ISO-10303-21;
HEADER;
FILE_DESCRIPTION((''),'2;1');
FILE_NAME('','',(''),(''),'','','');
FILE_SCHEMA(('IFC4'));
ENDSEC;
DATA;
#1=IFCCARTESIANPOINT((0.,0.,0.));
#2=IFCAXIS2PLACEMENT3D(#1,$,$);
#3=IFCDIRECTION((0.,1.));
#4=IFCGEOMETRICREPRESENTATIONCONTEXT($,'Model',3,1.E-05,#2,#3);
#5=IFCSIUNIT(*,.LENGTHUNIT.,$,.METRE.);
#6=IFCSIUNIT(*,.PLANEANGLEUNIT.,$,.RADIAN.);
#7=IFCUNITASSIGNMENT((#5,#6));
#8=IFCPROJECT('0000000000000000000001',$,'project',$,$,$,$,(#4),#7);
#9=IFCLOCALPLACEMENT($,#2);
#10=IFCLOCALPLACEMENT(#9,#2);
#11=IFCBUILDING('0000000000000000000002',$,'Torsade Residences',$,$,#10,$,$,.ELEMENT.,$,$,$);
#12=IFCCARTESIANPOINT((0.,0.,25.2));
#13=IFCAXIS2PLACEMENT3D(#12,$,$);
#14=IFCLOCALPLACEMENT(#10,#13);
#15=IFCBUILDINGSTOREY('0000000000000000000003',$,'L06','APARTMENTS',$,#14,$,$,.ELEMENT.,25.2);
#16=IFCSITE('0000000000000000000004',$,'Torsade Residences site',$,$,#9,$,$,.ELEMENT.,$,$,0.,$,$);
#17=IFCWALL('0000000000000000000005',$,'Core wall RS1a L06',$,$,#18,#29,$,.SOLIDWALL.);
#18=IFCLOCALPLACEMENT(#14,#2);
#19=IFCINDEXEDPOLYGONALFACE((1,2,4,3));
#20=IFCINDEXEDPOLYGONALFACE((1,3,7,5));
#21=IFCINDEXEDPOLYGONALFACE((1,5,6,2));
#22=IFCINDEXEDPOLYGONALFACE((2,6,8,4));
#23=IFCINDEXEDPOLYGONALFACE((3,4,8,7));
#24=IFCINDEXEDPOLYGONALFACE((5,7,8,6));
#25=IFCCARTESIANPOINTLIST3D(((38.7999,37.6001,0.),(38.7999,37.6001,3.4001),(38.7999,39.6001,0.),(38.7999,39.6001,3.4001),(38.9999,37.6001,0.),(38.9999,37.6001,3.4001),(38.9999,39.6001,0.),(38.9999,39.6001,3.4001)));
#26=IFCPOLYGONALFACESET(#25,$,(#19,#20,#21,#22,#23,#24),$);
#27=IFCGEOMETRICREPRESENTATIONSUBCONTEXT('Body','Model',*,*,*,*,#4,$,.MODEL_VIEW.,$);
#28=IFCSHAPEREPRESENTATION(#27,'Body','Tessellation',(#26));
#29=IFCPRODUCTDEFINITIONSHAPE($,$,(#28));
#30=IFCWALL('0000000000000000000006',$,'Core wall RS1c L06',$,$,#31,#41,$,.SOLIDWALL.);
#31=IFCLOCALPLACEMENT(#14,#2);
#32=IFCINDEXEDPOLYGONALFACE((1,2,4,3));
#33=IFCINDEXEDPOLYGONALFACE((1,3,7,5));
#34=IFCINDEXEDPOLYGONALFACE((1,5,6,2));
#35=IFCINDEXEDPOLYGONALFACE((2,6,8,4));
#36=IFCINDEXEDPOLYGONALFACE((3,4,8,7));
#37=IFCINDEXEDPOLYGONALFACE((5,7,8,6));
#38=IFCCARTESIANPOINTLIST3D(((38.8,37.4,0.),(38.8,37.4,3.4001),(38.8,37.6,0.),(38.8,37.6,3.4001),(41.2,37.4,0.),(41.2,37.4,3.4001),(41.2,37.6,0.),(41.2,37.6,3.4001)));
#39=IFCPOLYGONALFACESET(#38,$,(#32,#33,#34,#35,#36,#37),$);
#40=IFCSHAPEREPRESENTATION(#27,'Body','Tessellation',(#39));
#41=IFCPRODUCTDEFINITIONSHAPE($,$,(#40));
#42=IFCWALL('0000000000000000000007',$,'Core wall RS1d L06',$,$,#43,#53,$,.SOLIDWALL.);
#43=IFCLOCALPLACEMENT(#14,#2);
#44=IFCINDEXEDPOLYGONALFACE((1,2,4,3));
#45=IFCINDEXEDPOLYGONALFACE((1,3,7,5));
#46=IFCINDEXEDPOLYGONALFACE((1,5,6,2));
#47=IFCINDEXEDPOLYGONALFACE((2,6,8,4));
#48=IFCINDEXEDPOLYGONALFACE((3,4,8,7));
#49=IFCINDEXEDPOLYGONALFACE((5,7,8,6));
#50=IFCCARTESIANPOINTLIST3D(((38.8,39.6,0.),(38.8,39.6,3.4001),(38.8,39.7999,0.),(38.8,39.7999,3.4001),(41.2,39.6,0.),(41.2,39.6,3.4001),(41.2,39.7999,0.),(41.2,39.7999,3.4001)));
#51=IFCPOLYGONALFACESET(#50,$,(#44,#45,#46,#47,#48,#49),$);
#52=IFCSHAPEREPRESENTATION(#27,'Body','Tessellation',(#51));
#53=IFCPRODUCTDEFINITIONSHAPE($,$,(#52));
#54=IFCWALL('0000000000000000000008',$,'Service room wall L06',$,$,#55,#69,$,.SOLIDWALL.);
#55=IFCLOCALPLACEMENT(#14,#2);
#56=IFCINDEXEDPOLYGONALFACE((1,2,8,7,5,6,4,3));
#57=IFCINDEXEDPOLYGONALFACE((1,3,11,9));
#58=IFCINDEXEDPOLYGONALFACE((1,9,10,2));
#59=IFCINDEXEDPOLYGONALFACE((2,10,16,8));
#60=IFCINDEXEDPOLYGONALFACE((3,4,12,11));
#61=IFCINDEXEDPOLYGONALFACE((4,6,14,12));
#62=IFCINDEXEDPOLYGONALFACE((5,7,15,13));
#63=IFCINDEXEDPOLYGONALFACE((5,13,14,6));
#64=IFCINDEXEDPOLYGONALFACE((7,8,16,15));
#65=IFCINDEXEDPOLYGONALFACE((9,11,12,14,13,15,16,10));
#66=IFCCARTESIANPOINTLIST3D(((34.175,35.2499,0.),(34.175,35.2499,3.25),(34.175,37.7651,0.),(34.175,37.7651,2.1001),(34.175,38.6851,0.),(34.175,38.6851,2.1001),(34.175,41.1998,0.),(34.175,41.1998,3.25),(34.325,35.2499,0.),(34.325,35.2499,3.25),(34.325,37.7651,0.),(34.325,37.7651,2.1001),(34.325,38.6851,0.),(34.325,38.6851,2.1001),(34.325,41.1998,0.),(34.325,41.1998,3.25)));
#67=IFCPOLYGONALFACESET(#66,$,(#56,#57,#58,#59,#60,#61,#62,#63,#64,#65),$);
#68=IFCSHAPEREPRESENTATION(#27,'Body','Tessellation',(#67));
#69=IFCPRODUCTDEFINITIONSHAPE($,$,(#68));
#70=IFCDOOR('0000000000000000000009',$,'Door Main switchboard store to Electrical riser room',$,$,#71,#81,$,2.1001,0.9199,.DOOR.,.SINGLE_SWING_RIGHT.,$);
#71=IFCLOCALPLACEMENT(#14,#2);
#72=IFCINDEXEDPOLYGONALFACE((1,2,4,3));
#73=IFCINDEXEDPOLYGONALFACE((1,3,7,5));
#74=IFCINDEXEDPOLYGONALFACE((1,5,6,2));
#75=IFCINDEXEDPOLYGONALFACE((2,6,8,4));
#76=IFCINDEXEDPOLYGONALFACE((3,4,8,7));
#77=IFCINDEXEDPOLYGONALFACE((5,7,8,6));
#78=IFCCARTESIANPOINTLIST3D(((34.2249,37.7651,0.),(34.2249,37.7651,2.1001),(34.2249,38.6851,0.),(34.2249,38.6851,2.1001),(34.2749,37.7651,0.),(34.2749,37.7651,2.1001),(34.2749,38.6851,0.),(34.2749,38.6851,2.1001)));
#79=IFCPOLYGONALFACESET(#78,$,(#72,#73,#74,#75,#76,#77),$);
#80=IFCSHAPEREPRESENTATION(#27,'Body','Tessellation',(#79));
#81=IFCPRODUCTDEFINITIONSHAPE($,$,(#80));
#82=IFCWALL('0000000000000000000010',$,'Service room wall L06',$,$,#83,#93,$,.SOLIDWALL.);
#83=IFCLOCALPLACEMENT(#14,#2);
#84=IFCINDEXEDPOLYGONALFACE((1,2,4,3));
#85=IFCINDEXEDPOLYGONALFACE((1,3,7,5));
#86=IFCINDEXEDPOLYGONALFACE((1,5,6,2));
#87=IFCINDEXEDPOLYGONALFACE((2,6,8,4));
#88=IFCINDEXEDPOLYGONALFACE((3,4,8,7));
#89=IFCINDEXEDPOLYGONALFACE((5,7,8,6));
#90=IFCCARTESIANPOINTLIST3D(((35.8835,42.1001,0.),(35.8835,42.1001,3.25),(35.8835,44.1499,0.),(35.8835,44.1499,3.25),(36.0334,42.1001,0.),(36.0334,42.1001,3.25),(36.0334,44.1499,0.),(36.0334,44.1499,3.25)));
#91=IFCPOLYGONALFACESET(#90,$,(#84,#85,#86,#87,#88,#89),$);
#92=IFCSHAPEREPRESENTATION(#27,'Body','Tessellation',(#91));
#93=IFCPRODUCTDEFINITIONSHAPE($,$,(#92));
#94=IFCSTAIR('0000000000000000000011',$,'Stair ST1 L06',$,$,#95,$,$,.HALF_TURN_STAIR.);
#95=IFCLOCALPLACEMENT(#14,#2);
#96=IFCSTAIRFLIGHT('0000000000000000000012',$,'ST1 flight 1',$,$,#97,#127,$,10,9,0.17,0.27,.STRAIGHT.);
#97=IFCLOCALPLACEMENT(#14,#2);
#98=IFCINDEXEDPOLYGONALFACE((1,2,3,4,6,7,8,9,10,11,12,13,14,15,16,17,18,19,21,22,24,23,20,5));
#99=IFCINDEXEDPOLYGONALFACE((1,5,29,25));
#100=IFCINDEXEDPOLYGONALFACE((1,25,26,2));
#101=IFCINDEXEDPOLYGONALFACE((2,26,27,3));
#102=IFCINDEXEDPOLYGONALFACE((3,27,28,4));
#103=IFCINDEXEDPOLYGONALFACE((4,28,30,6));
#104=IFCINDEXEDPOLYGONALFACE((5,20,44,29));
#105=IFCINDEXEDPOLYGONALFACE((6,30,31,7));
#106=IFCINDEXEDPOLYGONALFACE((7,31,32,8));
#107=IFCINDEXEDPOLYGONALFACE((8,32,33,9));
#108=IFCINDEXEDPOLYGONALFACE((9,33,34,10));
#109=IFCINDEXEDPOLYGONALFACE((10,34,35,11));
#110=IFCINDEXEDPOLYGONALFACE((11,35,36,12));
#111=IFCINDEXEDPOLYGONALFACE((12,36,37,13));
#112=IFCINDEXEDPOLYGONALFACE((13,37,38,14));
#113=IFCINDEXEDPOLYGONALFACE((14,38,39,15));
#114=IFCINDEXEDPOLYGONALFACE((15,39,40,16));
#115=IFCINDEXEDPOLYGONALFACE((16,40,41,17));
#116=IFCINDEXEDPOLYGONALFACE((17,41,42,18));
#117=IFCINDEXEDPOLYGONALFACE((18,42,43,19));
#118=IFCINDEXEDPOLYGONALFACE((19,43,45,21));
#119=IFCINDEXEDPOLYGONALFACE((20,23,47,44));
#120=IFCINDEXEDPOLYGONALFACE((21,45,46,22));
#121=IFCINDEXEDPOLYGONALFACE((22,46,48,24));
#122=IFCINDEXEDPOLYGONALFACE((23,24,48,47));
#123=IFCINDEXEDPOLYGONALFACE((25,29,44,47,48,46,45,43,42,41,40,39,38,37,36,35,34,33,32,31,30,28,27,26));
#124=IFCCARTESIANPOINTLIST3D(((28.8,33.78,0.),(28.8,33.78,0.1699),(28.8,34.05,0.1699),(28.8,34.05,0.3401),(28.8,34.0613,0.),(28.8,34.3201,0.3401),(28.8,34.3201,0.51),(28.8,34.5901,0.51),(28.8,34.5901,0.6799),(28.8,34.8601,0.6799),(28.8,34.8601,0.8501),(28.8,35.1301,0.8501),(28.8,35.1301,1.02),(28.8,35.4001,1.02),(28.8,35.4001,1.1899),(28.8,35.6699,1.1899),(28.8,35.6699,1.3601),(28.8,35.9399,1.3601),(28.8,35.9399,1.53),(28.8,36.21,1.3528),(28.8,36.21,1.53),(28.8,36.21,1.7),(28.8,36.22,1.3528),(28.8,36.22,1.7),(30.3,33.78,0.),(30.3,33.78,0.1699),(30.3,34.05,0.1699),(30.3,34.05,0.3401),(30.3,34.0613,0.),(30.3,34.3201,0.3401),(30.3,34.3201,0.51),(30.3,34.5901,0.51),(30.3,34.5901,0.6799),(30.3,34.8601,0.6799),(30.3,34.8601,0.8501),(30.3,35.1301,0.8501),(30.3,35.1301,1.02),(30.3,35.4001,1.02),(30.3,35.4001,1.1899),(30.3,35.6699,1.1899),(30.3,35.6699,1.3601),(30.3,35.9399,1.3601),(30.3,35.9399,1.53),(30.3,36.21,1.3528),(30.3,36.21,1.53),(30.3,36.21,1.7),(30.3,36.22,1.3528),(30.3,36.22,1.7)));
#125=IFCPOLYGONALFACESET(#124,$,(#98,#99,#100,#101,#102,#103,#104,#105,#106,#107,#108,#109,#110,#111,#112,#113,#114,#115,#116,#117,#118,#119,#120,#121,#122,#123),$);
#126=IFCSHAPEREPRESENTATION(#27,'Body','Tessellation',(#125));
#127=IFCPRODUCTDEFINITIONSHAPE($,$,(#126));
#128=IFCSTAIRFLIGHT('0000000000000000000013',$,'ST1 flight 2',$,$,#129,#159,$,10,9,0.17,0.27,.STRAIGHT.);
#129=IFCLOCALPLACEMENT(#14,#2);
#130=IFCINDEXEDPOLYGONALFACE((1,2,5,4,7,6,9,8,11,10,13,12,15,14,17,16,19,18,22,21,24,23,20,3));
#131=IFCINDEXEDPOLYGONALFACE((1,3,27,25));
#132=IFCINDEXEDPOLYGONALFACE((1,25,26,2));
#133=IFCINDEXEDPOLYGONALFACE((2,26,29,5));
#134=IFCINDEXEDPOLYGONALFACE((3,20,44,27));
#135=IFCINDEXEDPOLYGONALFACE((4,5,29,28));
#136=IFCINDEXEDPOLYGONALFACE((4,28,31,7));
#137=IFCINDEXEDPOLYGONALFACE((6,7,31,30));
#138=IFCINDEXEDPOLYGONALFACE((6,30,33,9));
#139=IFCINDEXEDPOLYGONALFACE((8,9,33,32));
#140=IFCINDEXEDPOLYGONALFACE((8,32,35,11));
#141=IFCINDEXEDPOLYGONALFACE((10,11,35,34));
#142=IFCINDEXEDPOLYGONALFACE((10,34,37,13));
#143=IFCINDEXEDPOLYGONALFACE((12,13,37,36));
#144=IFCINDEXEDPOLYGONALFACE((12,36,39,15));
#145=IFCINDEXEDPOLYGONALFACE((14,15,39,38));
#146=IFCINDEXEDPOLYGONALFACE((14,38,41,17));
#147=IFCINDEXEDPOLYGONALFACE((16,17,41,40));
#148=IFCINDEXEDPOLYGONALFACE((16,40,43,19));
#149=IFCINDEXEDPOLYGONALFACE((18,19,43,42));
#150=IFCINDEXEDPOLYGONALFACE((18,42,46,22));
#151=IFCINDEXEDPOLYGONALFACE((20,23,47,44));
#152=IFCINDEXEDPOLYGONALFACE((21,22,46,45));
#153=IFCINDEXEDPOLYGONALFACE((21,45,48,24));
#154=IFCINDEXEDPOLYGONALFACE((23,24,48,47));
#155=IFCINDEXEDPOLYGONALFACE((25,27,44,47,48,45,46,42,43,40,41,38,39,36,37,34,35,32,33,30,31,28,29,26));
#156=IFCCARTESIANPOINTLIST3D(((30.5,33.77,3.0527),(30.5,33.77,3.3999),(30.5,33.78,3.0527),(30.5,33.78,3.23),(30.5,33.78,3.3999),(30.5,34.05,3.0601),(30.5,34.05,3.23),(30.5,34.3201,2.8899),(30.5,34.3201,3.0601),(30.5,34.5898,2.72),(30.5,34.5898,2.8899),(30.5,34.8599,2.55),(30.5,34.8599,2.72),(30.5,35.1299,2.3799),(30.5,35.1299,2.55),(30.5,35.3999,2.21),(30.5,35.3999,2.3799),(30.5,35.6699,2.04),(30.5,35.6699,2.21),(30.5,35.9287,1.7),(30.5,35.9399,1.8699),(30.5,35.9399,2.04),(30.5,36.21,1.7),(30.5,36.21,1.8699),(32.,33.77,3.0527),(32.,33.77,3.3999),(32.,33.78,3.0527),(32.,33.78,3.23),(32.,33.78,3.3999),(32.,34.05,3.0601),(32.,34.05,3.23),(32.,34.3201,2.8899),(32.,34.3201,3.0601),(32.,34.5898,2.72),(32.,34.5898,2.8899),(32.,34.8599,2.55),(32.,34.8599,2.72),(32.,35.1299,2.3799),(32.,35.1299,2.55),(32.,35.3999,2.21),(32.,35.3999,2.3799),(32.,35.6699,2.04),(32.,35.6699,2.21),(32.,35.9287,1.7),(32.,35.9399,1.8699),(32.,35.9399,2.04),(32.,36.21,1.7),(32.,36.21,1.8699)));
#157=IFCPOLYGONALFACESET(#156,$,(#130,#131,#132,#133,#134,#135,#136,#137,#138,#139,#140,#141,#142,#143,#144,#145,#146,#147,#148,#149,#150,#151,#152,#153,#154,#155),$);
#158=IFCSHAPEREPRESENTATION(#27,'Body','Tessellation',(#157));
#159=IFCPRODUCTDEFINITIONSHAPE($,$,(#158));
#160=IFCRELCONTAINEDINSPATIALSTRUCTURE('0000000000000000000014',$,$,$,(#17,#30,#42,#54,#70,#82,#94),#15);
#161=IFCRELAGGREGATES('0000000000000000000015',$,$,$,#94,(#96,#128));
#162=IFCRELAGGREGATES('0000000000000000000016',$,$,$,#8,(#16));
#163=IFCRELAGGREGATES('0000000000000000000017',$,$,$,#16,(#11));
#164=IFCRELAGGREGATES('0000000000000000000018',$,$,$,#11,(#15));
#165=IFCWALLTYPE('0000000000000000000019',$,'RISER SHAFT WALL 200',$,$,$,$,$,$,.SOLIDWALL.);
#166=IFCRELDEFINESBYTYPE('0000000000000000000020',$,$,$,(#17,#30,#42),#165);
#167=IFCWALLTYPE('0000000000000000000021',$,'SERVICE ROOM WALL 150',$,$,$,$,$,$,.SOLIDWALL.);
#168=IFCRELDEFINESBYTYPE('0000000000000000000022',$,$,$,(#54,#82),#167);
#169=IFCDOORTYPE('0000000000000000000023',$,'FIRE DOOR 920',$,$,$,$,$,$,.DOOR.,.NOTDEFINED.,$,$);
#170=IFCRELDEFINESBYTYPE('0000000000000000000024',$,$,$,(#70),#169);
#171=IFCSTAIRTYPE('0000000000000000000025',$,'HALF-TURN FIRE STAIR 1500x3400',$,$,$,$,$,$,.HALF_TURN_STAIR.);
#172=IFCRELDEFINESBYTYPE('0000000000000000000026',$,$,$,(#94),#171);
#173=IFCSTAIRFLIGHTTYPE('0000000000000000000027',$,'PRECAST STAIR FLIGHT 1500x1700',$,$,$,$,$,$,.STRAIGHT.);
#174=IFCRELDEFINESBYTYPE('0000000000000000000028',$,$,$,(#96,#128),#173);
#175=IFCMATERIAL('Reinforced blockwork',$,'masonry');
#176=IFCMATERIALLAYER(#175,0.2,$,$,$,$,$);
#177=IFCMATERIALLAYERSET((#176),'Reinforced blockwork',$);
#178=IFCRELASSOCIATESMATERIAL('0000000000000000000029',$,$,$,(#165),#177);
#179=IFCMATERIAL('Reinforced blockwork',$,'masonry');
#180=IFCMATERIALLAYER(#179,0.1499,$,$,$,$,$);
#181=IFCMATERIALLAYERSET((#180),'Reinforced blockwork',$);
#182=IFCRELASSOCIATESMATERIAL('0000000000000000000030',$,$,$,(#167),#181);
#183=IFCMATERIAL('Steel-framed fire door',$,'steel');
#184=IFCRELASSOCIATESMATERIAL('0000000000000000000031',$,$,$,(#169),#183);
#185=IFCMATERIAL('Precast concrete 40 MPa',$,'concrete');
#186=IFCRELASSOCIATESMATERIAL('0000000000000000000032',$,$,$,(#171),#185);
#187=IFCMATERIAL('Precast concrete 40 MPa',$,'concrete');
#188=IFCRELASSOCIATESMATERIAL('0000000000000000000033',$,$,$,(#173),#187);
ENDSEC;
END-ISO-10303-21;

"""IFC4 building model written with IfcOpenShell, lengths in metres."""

from ifc_helpers import new_model, si_unit, direction, frame, frame_2d, origin, place, context, subcontext, project, spatial, polyline, rectangle, outline, extrude, material, layer, layer_set, type_object, element, fill, aggregate, save


model = new_model("IFC4")

# Units and contexts
model_context = context("Model", 3, precision=1e-05, world=origin(), true_north=direction((0.0, 1.0)))
body_context = subcontext(model_context, "Body", "Model", "MODEL_VIEW")
ifc_project = project(units=[si_unit("LENGTHUNIT", "METRE"), si_unit("PLANEANGLEUNIT", "RADIAN")], contexts=[model_context])

# Site, building, storey
site_placement = place(None, origin())
site = spatial("IfcSite", under=ifc_project, at=site_placement, Name="Torsade Residences site", CompositionType="ELEMENT", RefElevation=0.0)
building_placement = place(site_placement, origin())
building = spatial("IfcBuilding", under=site, at=building_placement, Name="Torsade Residences", CompositionType="ELEMENT")
storey_placement = place(building_placement, frame((0.0, 0.0, 25.2)))
storey = spatial("IfcBuildingStorey", under=building, at=storey_placement, Name="L06", Description="APARTMENTS", CompositionType="ELEMENT", Elevation=25.2)

# Walls
ifc_material_1 = material(Name="Reinforced blockwork", Category="masonry")
ifc_layer_1 = layer(ifc_material_1, 0.2)
ifc_layer_set_1 = layer_set([ifc_layer_1], Name="Reinforced blockwork")
wall_type_1 = type_object("IfcWallType", Name="RISER SHAFT WALL 200", PredefinedType="SOLIDWALL", material=ifc_layer_set_1)
wall_1_placement = place(storey_placement, frame((38.8999, 37.6001, 0.0), z_axis=(0.0, 0.0, 1.0), x_axis=(0.0, 1.0, 0.0)))
element("IfcWall", 1, at=wall_1_placement, inside=storey, type_object=wall_type_1, Name="Core wall RS1a L06", PredefinedType="SOLIDWALL", context=body_context, shape_type="SweptSolid", body=[
    extrude(rectangle(XDim=2.0, YDim=0.2, at=frame_2d((1.0, 0.0))), origin(), (0.0, 0.0, 1.0), 3.4001),
])
for number, where, z_axis, x_axis, name in (
    (2, (38.8, 37.5, 0.0), (0.0, 0.0, 1.0), (1.0, 0.0, 0.0), "Core wall RS1c L06"),
    (3, (38.8, 39.7, 0.0), (0.0, 0.0, 1.0), (1.0, 0.0, 0.0), "Core wall RS1d L06"),
):
    element("IfcWall", number, at=place(storey_placement, frame(where, z_axis=z_axis, x_axis=x_axis)), inside=storey, type_object=wall_type_1, Name=name, PredefinedType="SOLIDWALL", context=body_context, shape_type="SweptSolid", body=[
        extrude(rectangle(XDim=2.3999, YDim=0.2, at=frame_2d((1.2, 0.0))), origin(), (0.0, 0.0, 1.0), 3.4001),
    ])

# Wall, opening, door
ifc_material_2 = material(Name="Reinforced blockwork", Category="masonry")
ifc_layer_2 = layer(ifc_material_2, 0.1499)
ifc_layer_set_2 = layer_set([ifc_layer_2], Name="Reinforced blockwork")
wall_type_2 = type_object("IfcWallType", Name="SERVICE ROOM WALL 150", PredefinedType="SOLIDWALL", material=ifc_layer_set_2)
wall_2_placement = place(storey_placement, frame((34.25, 41.2, 0.0), z_axis=(0.0, 0.0, 1.0), x_axis=(0.0, -1.0, 0.0)))
wall_2 = element("IfcWall", 4, at=wall_2_placement, inside=storey, type_object=wall_type_2, Name="Service room wall L06", PredefinedType="SOLIDWALL", context=body_context, shape_type="SweptSolid", body=[
    extrude(rectangle(XDim=5.95, YDim=0.1499, at=frame_2d((2.9751, 0.0))), origin(), (0.0, 0.0, 1.0), 3.25),
])
opening_placement = place(wall_2_placement, frame((2.5149, 0.0, 0.0)))
opening = element("IfcOpeningElement", 5, at=opening_placement, cuts=wall_2, PredefinedType="OPENING", context=body_context, shape_type="SweptSolid", body=[
    extrude(rectangle(XDim=0.9199, YDim=2.1001, at=frame_2d((0.46, 1.05))), frame((0.0, 0.085, 0.0), z_axis=(0.0, -1.0, 0.0), x_axis=(1.0, 0.0, 0.0)), (0.0, 0.0, 1.0), 0.1699),
])
ifc_material_3 = material(Name="Steel-framed fire door", Category="steel")
door_type = type_object("IfcDoorType", Name="FIRE DOOR 920", OperationType="NOTDEFINED", PredefinedType="DOOR", material=ifc_material_3)
door_placement = place(opening_placement, origin())
door = element("IfcDoor", 6, at=door_placement, inside=storey, type_object=door_type, Name="Door Main switchboard store to Electrical riser room", OperationType="SINGLE_SWING_RIGHT", OverallHeight=2.1001, OverallWidth=0.9199, PredefinedType="DOOR", context=body_context, shape_type="SweptSolid", body=[
    extrude(rectangle(XDim=0.9199, YDim=2.1001, at=frame_2d((0.46, 1.05))), frame((0.0, 0.0249, 0.0), z_axis=(0.0, -1.0, 0.0), x_axis=(1.0, 0.0, 0.0)), (0.0, 0.0, 1.0), 0.05),
])
fill(opening, door)

# Wall
wall_3_placement = place(storey_placement, frame((35.9585, 42.1001, 0.0), z_axis=(0.0, 0.0, 1.0), x_axis=(0.0, 1.0, 0.0)))
element("IfcWall", 7, at=wall_3_placement, inside=storey, type_object=wall_type_2, Name="Service room wall L06", PredefinedType="SOLIDWALL", context=body_context, shape_type="SweptSolid", body=[
    extrude(rectangle(XDim=2.0498, YDim=0.1499, at=frame_2d((1.0249, 0.0))), origin(), (0.0, 0.0, 1.0), 3.25),
])

# Stair, stair flights
ifc_material_4 = material(Name="Precast concrete 40 MPa", Category="concrete")
stair_type = type_object("IfcStairType", Name="HALF-TURN FIRE STAIR 1500x3400", PredefinedType="HALF_TURN_STAIR", material=ifc_material_4)
stair_placement = place(storey_placement, origin())
stair = element("IfcStair", 8, at=stair_placement, inside=storey, type_object=stair_type, Name="Stair ST1 L06", PredefinedType="HALF_TURN_STAIR")
ifc_material_5 = material(Name="Precast concrete 40 MPa", Category="concrete")
stair_flight_type = type_object("IfcStairFlightType", Name="PRECAST STAIR FLIGHT 1500x1700", PredefinedType="STRAIGHT", material=ifc_material_5)
stair_flight_1_placement = place(storey_placement, frame((29.55, 33.78, 0.0), z_axis=(0.0, 0.0, 1.0), x_axis=(0.0, 1.0, 0.0)))
stair_flight_1 = element("IfcStairFlight", 9, at=stair_flight_1_placement, type_object=stair_flight_type, Name="ST1 flight 1", NumberOfRisers=10, NumberOfTreads=9, PredefinedType="STRAIGHT", RiserHeight=0.17, TreadLength=0.27, context=body_context, shape_type="SweptSolid", body=[
    extrude(outline(polyline([(0.0, 0.0), (0.0, 0.1699), (0.27, 0.1699), (0.27, 0.3401), (0.54, 0.3401), (0.54, 0.51), (0.8101, 0.51), (0.8101, 0.6799), (1.0801, 0.6799), (1.0801, 0.8501), (1.3501, 0.8501), (1.3501, 1.02), (1.6201, 1.02), (1.6201, 1.1899), (1.8899, 1.1899), (1.8899, 1.3601), (2.1599, 1.3601), (2.1599, 1.53), (2.4299, 1.53), (2.4299, 1.7), (2.4399, 1.7), (2.4399, 1.3528), (2.4299, 1.3528), (0.2812, 0.0), (0.0, 0.0)])), frame((0.0, 0.75, 0.0), z_axis=(0.0, -1.0, 0.0), x_axis=(1.0, 0.0, 0.0)), (0.0, 0.0, 1.0), 1.5),
])
stair_flight_2_placement = place(storey_placement, frame((31.25, 36.21, 1.7), z_axis=(0.0, 0.0, 1.0), x_axis=(0.0, -1.0, 0.0)))
stair_flight_2 = element("IfcStairFlight", 10, at=stair_flight_2_placement, type_object=stair_flight_type, Name="ST1 flight 2", NumberOfRisers=10, NumberOfTreads=9, PredefinedType="STRAIGHT", RiserHeight=0.17, TreadLength=0.27, context=body_context, shape_type="SweptSolid", body=[
    extrude(outline(polyline([(0.0, 0.0), (0.0, 0.1699), (0.27, 0.1699), (0.27, 0.3401), (0.54, 0.3401), (0.54, 0.51), (0.8101, 0.51), (0.8101, 0.6799), (1.0801, 0.6799), (1.0801, 0.8501), (1.3501, 0.8501), (1.3501, 1.02), (1.6201, 1.02), (1.6201, 1.1899), (1.8899, 1.1899), (1.8899, 1.3601), (2.1599, 1.3601), (2.1599, 1.53), (2.4299, 1.53), (2.4299, 1.7), (2.4399, 1.7), (2.4399, 1.3528), (2.4299, 1.3528), (0.2812, 0.0), (0.0, 0.0)])), frame((0.0, 0.75, 0.0), z_axis=(0.0, -1.0, 0.0), x_axis=(1.0, 0.0, 0.0)), (0.0, 0.0, 1.0), 1.5),
])
aggregate(stair, [stair_flight_1, stair_flight_2])

save(model, "model.ifc")
